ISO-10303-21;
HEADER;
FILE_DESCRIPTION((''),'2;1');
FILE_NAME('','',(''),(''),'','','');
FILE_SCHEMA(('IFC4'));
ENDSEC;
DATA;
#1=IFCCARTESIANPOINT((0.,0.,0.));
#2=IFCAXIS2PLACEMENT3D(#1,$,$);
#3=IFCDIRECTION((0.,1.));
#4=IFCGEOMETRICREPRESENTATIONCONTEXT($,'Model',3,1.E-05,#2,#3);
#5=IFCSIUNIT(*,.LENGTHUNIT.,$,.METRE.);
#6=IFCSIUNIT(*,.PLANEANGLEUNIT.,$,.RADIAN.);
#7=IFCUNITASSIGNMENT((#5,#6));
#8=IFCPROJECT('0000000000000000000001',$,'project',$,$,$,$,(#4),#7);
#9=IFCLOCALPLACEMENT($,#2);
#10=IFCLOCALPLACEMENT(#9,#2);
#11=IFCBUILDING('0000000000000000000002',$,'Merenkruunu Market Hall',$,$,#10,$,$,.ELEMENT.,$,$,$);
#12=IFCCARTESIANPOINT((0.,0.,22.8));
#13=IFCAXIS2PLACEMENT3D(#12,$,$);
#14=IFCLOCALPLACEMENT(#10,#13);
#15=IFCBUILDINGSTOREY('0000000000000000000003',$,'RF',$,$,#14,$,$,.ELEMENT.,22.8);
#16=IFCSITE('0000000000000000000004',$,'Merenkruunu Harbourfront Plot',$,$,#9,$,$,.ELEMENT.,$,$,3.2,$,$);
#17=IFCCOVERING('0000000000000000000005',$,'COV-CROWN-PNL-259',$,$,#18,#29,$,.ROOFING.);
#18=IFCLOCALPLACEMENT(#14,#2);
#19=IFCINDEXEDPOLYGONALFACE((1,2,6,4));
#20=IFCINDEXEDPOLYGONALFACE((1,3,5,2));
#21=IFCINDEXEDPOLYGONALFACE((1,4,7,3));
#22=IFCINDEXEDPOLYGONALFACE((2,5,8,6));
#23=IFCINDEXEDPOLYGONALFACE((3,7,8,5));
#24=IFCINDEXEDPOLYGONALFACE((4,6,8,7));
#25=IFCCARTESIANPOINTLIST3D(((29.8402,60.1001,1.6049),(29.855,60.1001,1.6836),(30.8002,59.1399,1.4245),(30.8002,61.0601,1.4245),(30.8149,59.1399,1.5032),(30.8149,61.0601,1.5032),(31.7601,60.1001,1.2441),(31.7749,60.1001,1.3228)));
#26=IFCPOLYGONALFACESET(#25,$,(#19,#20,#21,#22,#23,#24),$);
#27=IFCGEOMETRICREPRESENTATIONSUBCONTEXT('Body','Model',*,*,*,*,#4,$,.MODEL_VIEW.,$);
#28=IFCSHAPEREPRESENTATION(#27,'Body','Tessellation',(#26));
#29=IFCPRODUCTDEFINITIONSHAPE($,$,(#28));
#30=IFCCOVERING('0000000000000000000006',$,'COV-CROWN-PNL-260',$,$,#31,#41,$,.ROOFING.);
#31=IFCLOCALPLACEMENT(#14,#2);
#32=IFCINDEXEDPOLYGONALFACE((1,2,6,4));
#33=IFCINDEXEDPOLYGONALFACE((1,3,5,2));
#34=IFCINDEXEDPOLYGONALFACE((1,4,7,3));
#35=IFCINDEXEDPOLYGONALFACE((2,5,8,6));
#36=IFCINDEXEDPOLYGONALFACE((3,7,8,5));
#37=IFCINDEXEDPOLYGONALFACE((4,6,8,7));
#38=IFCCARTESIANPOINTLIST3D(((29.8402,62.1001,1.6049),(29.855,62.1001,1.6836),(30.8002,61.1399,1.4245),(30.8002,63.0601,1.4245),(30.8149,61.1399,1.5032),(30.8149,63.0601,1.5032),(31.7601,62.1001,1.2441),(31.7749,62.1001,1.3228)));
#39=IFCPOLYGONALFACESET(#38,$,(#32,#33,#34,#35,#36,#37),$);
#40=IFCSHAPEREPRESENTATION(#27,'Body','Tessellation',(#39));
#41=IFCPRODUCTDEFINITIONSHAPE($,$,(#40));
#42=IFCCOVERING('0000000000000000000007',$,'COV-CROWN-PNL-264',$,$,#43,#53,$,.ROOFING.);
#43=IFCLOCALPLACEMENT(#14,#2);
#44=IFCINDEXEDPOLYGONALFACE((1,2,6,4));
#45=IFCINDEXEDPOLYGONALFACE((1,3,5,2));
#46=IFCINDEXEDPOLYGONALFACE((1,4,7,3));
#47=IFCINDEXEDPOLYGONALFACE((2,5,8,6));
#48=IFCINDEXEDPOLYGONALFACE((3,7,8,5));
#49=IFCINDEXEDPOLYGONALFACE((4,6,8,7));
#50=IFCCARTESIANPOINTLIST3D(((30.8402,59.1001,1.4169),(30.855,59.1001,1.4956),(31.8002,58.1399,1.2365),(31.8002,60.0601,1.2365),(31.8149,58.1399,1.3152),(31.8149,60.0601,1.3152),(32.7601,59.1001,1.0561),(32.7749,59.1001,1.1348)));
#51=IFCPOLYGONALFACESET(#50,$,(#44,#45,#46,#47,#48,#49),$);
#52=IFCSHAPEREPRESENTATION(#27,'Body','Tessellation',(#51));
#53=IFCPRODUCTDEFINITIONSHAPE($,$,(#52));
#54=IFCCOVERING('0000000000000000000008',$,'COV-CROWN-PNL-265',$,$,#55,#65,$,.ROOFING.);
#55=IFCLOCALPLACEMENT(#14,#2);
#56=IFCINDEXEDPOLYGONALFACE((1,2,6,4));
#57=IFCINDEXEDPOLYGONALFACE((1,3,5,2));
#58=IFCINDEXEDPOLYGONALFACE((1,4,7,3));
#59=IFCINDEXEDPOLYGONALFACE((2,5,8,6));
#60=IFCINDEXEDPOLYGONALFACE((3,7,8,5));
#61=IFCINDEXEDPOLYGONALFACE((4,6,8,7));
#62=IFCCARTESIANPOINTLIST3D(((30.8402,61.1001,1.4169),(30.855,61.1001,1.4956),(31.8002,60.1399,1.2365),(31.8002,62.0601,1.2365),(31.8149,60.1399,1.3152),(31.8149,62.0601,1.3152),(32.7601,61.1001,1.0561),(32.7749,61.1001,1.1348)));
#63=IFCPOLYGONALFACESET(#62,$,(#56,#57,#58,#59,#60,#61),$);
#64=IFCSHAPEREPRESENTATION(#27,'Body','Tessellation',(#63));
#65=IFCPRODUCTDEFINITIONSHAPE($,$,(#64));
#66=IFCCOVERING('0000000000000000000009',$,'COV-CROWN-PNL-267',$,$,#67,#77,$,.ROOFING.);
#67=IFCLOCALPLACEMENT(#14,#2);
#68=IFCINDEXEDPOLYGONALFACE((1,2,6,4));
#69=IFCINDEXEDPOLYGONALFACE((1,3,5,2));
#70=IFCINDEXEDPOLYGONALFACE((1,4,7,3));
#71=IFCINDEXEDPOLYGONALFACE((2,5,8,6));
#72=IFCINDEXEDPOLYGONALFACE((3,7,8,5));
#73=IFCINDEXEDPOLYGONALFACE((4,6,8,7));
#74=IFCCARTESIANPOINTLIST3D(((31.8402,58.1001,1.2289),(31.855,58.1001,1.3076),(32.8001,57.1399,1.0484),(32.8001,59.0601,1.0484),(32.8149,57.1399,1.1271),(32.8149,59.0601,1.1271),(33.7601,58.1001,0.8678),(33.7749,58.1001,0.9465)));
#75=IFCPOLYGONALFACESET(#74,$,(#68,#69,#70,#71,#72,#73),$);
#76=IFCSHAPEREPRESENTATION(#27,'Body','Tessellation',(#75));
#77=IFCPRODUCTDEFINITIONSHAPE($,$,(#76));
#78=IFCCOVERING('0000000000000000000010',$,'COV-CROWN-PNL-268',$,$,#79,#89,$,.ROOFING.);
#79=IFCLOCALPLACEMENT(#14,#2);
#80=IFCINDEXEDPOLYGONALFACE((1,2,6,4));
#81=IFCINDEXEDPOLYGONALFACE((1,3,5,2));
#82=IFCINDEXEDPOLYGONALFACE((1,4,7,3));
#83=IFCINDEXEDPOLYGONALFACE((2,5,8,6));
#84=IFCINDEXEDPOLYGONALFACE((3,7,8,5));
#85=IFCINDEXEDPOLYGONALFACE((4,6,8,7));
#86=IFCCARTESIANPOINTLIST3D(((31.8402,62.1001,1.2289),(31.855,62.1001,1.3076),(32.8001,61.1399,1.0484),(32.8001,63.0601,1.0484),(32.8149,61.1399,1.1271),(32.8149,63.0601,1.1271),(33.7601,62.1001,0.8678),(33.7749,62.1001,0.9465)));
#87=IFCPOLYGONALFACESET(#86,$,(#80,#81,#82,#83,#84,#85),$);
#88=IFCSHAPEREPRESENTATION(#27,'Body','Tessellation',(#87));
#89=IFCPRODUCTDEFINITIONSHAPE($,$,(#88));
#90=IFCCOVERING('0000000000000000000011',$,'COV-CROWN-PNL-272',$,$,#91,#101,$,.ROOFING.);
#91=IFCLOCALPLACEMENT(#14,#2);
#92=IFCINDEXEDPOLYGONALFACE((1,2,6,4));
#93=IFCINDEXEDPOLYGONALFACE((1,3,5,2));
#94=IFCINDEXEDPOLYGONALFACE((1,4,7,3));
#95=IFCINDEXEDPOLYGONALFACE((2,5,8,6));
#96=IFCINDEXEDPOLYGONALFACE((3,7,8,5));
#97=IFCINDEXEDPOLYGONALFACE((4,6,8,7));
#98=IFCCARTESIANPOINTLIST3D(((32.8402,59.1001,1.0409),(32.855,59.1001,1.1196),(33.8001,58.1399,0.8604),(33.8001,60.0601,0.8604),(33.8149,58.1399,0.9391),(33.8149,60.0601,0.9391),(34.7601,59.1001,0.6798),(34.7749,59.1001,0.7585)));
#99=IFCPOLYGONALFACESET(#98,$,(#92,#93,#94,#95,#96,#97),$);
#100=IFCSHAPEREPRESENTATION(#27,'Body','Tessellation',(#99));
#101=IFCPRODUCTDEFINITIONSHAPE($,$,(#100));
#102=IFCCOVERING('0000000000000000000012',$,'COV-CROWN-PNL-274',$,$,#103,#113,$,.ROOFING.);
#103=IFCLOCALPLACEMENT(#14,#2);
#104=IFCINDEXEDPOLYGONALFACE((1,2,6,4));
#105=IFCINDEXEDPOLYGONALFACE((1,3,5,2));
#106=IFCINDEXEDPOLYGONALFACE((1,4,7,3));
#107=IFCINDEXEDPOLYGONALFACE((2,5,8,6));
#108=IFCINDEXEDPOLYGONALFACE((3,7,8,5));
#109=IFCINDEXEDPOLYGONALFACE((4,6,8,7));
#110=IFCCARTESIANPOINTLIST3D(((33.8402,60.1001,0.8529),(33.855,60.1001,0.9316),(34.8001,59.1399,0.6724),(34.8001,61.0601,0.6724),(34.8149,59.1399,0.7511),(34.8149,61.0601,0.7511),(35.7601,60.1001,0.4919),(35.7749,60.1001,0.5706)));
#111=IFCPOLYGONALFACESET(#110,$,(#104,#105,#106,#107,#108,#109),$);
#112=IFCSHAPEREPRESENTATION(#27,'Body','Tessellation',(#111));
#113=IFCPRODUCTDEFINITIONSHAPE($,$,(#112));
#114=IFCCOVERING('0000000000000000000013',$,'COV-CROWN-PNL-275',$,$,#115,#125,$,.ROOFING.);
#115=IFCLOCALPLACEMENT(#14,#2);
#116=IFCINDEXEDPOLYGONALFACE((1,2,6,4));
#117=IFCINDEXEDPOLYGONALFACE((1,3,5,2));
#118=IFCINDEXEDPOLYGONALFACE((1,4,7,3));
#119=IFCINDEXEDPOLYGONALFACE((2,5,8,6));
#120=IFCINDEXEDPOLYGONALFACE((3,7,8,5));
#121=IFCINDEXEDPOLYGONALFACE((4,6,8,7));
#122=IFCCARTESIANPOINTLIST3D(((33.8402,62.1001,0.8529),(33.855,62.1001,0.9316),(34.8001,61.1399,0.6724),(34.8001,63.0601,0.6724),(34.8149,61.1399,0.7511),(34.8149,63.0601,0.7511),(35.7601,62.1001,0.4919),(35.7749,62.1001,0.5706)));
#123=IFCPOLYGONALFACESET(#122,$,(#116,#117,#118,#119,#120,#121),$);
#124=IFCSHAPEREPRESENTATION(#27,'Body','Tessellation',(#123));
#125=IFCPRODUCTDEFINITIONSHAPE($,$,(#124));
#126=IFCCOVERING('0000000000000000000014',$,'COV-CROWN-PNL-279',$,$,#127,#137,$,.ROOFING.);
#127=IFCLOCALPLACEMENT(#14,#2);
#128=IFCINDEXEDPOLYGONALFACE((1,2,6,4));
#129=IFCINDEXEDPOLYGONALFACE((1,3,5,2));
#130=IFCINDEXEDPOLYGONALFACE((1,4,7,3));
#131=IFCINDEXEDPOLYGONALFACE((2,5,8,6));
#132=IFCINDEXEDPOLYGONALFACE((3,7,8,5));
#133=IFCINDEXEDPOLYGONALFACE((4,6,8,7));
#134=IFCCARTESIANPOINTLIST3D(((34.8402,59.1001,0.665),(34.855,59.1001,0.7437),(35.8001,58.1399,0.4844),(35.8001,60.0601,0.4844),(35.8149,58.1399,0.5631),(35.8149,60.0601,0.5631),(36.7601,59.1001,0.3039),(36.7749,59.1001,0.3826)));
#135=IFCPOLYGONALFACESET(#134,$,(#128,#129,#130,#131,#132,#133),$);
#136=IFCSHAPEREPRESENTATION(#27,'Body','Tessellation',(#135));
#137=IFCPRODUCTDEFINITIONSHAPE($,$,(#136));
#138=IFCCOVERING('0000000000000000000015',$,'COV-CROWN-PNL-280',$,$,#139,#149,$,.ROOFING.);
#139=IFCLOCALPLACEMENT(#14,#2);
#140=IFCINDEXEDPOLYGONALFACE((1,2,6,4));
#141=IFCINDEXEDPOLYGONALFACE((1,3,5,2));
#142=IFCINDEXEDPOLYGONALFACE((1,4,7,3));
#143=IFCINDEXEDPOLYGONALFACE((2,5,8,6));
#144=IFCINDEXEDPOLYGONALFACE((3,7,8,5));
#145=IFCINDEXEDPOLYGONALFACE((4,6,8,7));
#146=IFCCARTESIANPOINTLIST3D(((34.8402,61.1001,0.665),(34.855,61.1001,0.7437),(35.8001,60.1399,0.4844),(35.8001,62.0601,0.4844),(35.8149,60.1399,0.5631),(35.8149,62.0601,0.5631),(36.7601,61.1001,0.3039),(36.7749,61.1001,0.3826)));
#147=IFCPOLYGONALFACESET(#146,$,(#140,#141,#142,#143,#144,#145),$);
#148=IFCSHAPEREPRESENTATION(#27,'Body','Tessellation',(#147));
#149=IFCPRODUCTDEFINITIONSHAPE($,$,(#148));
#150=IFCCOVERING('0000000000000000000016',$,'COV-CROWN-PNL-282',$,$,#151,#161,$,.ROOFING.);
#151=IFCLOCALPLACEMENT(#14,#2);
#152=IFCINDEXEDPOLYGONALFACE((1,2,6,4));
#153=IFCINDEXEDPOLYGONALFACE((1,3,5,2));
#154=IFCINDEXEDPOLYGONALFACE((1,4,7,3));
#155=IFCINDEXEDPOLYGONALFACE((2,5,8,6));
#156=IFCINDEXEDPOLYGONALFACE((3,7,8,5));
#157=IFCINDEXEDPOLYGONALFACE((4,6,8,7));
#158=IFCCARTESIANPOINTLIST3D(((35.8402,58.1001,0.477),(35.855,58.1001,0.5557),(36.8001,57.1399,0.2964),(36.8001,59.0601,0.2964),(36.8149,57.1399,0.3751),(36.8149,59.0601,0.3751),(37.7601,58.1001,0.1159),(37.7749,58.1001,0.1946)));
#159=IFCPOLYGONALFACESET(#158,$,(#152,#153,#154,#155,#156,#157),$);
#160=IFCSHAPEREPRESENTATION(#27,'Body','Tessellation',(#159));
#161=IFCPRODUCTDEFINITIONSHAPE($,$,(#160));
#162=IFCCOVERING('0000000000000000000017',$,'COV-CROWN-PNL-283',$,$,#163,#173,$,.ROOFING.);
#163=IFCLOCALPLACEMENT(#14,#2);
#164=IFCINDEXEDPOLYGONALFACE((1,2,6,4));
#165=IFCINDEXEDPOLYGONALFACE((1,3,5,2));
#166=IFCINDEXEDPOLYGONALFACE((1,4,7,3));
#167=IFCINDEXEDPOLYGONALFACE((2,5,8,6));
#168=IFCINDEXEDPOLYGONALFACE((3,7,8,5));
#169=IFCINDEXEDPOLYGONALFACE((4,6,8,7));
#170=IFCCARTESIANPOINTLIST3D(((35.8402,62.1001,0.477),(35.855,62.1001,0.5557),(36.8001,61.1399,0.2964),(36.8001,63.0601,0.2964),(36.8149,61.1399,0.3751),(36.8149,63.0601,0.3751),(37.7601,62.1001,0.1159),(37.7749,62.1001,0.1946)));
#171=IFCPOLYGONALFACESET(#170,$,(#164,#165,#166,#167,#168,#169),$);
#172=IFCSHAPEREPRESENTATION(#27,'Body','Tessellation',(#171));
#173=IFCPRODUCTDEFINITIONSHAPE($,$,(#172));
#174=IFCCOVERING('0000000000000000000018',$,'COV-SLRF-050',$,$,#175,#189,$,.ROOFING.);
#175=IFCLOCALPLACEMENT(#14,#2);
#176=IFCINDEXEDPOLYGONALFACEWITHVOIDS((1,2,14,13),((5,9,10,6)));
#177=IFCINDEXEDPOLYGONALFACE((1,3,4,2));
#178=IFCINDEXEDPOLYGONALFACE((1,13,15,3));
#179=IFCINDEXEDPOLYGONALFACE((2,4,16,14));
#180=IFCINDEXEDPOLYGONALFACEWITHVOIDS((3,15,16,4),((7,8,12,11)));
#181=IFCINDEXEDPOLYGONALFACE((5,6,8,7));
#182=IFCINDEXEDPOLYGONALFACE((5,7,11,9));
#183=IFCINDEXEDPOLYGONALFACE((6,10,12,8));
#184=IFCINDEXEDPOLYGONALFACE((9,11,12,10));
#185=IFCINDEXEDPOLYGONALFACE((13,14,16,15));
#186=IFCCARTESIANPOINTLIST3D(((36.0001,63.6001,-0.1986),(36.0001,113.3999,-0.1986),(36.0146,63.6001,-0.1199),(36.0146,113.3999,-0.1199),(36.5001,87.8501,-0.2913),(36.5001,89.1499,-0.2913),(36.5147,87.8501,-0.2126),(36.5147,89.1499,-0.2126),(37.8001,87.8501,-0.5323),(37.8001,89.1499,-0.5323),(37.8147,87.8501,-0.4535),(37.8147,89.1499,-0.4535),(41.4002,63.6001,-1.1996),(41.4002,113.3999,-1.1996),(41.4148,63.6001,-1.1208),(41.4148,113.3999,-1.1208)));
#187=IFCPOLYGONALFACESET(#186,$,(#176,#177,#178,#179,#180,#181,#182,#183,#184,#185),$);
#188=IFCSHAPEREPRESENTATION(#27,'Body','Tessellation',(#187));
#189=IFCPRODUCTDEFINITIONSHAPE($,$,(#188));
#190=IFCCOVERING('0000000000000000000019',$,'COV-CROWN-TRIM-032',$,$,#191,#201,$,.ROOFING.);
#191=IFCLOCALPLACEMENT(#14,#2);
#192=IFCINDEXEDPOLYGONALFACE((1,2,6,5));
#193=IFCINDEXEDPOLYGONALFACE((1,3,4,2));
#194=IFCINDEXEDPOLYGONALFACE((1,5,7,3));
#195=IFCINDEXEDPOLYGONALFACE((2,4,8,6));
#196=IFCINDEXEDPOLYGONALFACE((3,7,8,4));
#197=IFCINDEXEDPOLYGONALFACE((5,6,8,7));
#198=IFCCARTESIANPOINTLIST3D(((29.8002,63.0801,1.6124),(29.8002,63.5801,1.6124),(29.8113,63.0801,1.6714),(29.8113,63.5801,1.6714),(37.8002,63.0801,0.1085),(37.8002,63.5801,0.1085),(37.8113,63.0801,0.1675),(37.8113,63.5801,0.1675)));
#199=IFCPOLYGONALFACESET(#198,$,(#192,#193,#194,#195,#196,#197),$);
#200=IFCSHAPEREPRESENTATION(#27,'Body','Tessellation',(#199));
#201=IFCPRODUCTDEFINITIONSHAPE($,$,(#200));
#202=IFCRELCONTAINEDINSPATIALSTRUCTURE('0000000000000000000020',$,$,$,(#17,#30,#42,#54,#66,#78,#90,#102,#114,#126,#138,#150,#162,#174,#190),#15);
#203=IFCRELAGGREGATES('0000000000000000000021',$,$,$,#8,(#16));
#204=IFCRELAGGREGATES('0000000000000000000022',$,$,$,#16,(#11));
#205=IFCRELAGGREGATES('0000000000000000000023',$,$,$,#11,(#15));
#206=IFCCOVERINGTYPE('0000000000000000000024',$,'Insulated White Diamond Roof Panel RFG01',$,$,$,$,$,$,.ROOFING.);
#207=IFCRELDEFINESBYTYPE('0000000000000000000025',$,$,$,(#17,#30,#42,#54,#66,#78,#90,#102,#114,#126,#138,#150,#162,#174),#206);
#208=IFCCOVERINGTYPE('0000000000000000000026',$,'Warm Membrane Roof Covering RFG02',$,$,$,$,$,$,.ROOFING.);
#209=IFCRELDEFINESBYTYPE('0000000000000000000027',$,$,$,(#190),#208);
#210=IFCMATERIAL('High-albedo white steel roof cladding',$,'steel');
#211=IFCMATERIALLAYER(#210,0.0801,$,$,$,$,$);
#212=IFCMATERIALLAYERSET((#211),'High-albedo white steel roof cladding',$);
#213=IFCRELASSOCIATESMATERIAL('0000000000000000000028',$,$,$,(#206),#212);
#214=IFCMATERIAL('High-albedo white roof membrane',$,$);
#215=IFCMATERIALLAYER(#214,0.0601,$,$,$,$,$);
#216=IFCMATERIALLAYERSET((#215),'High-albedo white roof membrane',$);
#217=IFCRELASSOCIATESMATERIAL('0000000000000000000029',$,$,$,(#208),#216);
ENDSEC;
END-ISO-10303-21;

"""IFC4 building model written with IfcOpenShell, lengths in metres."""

from ifc_helpers import new_model, si_unit, direction, frame, origin, place, context, subcontext, project, spatial, polyline, outline, extrude, material, layer, layer_set, type_object, element, save


model = new_model("IFC4")

# Units and contexts
model_context = context("Model", 3, precision=1e-05, world=origin(), true_north=direction((0.0, 1.0)))
body_context = subcontext(model_context, "Body", "Model", "MODEL_VIEW")
ifc_project = project(units=[si_unit("LENGTHUNIT", "METRE"), si_unit("PLANEANGLEUNIT", "RADIAN")], contexts=[model_context])

# Site, building, storey
site_placement = place(None, origin())
site = spatial("IfcSite", under=ifc_project, at=site_placement, Name="Merenkruunu Harbourfront Plot", CompositionType="ELEMENT", RefElevation=3.2)
building_placement = place(site_placement, origin())
building = spatial("IfcBuilding", under=site, at=building_placement, Name="Merenkruunu Market Hall", CompositionType="ELEMENT")
storey_placement = place(building_placement, frame((0.0, 0.0, 22.8)))
storey = spatial("IfcBuildingStorey", under=building, at=storey_placement, Name="RF", CompositionType="ELEMENT", Elevation=22.8)

# Coverings
ifc_material_1 = material(Name="High-albedo white steel roof cladding", Category="steel")
ifc_layer_1 = layer(ifc_material_1, 0.0801)
ifc_layer_set_1 = layer_set([ifc_layer_1], Name="High-albedo white steel roof cladding")
covering_type_1 = type_object("IfcCoveringType", Name="Insulated White Diamond Roof Panel RFG01", PredefinedType="ROOFING", material=ifc_layer_set_1)
for number, where, z_axis, x_axis, name in (
    (1, (29.855, 60.1001, 1.6836), (0.184711, 0.0, 0.982793), (0.700856, -0.701035, -0.131722), "COV-CROWN-PNL-259"),
    (2, (29.855, 62.1001, 1.6836), (0.184711, 0.0, 0.982793), (0.700856, -0.701035, -0.131722), "COV-CROWN-PNL-260"),
    (3, (30.855, 59.1001, 1.4956), (0.184711, 0.0, 0.982793), (0.700856, -0.701035, -0.131722), "COV-CROWN-PNL-264"),
    (4, (30.855, 61.1001, 1.4956), (0.184711, 0.0, 0.982793), (0.700856, -0.701035, -0.131722), "COV-CROWN-PNL-265"),
):
    element("IfcCovering", number, at=place(storey_placement, frame(where, z_axis=z_axis, x_axis=x_axis)), inside=storey, type_object=covering_type_1, Name=name, PredefinedType="ROOFING", context=body_context, shape_type="SweptSolid", body=[
        extrude(outline(polyline([(0.0, 0.0), (1.3697, 0.0), (1.3931, 1.3695), (0.0236, 1.3693), (0.0, 0.0)])), origin(), (0.0, 0.0, -1.0), 0.0801),
    ])
for number, where, z_axis, x_axis, name in (
    (5, (31.855, 58.1001, 1.3076), (0.184832, 0.0, 0.98277), (0.70084, -0.701035, -0.131809), "COV-CROWN-PNL-267"),
    (6, (31.855, 62.1001, 1.3076), (0.184832, 0.0, 0.98277), (0.70084, -0.701035, -0.131809), "COV-CROWN-PNL-268"),
    (7, (32.855, 59.1001, 1.1196), (0.184832, 0.0, 0.98277), (0.70084, -0.701035, -0.131809), "COV-CROWN-PNL-272"),
    (8, (33.855, 60.1001, 0.9316), (0.184832, 0.0, 0.98277), (0.70084, -0.701035, -0.131809), "COV-CROWN-PNL-274"),
    (9, (33.855, 62.1001, 0.9316), (0.184832, 0.0, 0.98277), (0.70084, -0.701035, -0.131809), "COV-CROWN-PNL-275"),
    (10, (34.855, 59.1001, 0.7437), (0.184832, 0.0, 0.98277), (0.70084, -0.701035, -0.131809), "COV-CROWN-PNL-279"),
    (11, (34.855, 61.1001, 0.7437), (0.184832, 0.0, 0.98277), (0.70084, -0.701035, -0.131809), "COV-CROWN-PNL-280"),
    (12, (35.855, 58.1001, 0.5557), (0.184832, 0.0, 0.98277), (0.70084, -0.701035, -0.131809), "COV-CROWN-PNL-282"),
    (13, (35.855, 62.1001, 0.5557), (0.184832, 0.0, 0.98277), (0.70084, -0.701035, -0.131809), "COV-CROWN-PNL-283"),
):
    element("IfcCovering", number, at=place(storey_placement, frame(where, z_axis=z_axis, x_axis=x_axis)), inside=storey, type_object=covering_type_1, Name=name, PredefinedType="ROOFING", context=body_context, shape_type="SweptSolid", body=[
        extrude(outline(polyline([(0.0, 0.0), (1.3697, 0.0), (1.3932, 1.3695), (0.0236, 1.3693), (0.0, 0.0)])), origin(), (0.0, 0.0, -1.0), 0.0801),
    ])
covering_1_placement = place(storey_placement, frame((36.0146, 63.6001, -0.1199), z_axis=(0.182256, 0.0, 0.983251), x_axis=(0.983251, 0.0, -0.182256)))
element("IfcCovering", 14, at=covering_1_placement, inside=storey, type_object=covering_type_1, Name="COV-SLRF-050", PredefinedType="ROOFING", context=body_context, shape_type="SweptSolid", body=[
    extrude(outline(polyline([(0.0, 0.0), (5.4921, 0.0), (5.4921, 49.7998), (0.0, 49.7998), (0.0, 0.0)]), holes=[polyline([(0.5085, 24.25), (1.8307, 24.25), (1.8307, 25.5498), (0.5085, 25.5498), (0.5085, 24.25)])]), origin(), (0.0, 0.0, -1.0), 0.0801),
])
ifc_material_2 = material(Name="High-albedo white roof membrane")
ifc_layer_2 = layer(ifc_material_2, 0.0601)
ifc_layer_set_2 = layer_set([ifc_layer_2], Name="High-albedo white roof membrane")
covering_type_2 = type_object("IfcCoveringType", Name="Warm Membrane Roof Covering RFG02", PredefinedType="ROOFING", material=ifc_layer_set_2)
covering_2_placement = place(storey_placement, frame((29.8113, 63.0801, 1.6714), z_axis=(0.184752, 0.0, 0.982785), x_axis=(0.982785, 0.0, -0.184752)))
element("IfcCovering", 15, at=covering_2_placement, inside=storey, type_object=covering_type_2, Name="COV-CROWN-TRIM-032", PredefinedType="ROOFING", context=body_context, shape_type="SweptSolid", body=[
    extrude(outline(polyline([(0.0, 0.0), (8.1401, 0.0), (8.1401, 0.5), (0.0, 0.5), (0.0, 0.0)])), origin(), (0.0, 0.0, -1.0), 0.0601),
])

save(model, "model.ifc")
